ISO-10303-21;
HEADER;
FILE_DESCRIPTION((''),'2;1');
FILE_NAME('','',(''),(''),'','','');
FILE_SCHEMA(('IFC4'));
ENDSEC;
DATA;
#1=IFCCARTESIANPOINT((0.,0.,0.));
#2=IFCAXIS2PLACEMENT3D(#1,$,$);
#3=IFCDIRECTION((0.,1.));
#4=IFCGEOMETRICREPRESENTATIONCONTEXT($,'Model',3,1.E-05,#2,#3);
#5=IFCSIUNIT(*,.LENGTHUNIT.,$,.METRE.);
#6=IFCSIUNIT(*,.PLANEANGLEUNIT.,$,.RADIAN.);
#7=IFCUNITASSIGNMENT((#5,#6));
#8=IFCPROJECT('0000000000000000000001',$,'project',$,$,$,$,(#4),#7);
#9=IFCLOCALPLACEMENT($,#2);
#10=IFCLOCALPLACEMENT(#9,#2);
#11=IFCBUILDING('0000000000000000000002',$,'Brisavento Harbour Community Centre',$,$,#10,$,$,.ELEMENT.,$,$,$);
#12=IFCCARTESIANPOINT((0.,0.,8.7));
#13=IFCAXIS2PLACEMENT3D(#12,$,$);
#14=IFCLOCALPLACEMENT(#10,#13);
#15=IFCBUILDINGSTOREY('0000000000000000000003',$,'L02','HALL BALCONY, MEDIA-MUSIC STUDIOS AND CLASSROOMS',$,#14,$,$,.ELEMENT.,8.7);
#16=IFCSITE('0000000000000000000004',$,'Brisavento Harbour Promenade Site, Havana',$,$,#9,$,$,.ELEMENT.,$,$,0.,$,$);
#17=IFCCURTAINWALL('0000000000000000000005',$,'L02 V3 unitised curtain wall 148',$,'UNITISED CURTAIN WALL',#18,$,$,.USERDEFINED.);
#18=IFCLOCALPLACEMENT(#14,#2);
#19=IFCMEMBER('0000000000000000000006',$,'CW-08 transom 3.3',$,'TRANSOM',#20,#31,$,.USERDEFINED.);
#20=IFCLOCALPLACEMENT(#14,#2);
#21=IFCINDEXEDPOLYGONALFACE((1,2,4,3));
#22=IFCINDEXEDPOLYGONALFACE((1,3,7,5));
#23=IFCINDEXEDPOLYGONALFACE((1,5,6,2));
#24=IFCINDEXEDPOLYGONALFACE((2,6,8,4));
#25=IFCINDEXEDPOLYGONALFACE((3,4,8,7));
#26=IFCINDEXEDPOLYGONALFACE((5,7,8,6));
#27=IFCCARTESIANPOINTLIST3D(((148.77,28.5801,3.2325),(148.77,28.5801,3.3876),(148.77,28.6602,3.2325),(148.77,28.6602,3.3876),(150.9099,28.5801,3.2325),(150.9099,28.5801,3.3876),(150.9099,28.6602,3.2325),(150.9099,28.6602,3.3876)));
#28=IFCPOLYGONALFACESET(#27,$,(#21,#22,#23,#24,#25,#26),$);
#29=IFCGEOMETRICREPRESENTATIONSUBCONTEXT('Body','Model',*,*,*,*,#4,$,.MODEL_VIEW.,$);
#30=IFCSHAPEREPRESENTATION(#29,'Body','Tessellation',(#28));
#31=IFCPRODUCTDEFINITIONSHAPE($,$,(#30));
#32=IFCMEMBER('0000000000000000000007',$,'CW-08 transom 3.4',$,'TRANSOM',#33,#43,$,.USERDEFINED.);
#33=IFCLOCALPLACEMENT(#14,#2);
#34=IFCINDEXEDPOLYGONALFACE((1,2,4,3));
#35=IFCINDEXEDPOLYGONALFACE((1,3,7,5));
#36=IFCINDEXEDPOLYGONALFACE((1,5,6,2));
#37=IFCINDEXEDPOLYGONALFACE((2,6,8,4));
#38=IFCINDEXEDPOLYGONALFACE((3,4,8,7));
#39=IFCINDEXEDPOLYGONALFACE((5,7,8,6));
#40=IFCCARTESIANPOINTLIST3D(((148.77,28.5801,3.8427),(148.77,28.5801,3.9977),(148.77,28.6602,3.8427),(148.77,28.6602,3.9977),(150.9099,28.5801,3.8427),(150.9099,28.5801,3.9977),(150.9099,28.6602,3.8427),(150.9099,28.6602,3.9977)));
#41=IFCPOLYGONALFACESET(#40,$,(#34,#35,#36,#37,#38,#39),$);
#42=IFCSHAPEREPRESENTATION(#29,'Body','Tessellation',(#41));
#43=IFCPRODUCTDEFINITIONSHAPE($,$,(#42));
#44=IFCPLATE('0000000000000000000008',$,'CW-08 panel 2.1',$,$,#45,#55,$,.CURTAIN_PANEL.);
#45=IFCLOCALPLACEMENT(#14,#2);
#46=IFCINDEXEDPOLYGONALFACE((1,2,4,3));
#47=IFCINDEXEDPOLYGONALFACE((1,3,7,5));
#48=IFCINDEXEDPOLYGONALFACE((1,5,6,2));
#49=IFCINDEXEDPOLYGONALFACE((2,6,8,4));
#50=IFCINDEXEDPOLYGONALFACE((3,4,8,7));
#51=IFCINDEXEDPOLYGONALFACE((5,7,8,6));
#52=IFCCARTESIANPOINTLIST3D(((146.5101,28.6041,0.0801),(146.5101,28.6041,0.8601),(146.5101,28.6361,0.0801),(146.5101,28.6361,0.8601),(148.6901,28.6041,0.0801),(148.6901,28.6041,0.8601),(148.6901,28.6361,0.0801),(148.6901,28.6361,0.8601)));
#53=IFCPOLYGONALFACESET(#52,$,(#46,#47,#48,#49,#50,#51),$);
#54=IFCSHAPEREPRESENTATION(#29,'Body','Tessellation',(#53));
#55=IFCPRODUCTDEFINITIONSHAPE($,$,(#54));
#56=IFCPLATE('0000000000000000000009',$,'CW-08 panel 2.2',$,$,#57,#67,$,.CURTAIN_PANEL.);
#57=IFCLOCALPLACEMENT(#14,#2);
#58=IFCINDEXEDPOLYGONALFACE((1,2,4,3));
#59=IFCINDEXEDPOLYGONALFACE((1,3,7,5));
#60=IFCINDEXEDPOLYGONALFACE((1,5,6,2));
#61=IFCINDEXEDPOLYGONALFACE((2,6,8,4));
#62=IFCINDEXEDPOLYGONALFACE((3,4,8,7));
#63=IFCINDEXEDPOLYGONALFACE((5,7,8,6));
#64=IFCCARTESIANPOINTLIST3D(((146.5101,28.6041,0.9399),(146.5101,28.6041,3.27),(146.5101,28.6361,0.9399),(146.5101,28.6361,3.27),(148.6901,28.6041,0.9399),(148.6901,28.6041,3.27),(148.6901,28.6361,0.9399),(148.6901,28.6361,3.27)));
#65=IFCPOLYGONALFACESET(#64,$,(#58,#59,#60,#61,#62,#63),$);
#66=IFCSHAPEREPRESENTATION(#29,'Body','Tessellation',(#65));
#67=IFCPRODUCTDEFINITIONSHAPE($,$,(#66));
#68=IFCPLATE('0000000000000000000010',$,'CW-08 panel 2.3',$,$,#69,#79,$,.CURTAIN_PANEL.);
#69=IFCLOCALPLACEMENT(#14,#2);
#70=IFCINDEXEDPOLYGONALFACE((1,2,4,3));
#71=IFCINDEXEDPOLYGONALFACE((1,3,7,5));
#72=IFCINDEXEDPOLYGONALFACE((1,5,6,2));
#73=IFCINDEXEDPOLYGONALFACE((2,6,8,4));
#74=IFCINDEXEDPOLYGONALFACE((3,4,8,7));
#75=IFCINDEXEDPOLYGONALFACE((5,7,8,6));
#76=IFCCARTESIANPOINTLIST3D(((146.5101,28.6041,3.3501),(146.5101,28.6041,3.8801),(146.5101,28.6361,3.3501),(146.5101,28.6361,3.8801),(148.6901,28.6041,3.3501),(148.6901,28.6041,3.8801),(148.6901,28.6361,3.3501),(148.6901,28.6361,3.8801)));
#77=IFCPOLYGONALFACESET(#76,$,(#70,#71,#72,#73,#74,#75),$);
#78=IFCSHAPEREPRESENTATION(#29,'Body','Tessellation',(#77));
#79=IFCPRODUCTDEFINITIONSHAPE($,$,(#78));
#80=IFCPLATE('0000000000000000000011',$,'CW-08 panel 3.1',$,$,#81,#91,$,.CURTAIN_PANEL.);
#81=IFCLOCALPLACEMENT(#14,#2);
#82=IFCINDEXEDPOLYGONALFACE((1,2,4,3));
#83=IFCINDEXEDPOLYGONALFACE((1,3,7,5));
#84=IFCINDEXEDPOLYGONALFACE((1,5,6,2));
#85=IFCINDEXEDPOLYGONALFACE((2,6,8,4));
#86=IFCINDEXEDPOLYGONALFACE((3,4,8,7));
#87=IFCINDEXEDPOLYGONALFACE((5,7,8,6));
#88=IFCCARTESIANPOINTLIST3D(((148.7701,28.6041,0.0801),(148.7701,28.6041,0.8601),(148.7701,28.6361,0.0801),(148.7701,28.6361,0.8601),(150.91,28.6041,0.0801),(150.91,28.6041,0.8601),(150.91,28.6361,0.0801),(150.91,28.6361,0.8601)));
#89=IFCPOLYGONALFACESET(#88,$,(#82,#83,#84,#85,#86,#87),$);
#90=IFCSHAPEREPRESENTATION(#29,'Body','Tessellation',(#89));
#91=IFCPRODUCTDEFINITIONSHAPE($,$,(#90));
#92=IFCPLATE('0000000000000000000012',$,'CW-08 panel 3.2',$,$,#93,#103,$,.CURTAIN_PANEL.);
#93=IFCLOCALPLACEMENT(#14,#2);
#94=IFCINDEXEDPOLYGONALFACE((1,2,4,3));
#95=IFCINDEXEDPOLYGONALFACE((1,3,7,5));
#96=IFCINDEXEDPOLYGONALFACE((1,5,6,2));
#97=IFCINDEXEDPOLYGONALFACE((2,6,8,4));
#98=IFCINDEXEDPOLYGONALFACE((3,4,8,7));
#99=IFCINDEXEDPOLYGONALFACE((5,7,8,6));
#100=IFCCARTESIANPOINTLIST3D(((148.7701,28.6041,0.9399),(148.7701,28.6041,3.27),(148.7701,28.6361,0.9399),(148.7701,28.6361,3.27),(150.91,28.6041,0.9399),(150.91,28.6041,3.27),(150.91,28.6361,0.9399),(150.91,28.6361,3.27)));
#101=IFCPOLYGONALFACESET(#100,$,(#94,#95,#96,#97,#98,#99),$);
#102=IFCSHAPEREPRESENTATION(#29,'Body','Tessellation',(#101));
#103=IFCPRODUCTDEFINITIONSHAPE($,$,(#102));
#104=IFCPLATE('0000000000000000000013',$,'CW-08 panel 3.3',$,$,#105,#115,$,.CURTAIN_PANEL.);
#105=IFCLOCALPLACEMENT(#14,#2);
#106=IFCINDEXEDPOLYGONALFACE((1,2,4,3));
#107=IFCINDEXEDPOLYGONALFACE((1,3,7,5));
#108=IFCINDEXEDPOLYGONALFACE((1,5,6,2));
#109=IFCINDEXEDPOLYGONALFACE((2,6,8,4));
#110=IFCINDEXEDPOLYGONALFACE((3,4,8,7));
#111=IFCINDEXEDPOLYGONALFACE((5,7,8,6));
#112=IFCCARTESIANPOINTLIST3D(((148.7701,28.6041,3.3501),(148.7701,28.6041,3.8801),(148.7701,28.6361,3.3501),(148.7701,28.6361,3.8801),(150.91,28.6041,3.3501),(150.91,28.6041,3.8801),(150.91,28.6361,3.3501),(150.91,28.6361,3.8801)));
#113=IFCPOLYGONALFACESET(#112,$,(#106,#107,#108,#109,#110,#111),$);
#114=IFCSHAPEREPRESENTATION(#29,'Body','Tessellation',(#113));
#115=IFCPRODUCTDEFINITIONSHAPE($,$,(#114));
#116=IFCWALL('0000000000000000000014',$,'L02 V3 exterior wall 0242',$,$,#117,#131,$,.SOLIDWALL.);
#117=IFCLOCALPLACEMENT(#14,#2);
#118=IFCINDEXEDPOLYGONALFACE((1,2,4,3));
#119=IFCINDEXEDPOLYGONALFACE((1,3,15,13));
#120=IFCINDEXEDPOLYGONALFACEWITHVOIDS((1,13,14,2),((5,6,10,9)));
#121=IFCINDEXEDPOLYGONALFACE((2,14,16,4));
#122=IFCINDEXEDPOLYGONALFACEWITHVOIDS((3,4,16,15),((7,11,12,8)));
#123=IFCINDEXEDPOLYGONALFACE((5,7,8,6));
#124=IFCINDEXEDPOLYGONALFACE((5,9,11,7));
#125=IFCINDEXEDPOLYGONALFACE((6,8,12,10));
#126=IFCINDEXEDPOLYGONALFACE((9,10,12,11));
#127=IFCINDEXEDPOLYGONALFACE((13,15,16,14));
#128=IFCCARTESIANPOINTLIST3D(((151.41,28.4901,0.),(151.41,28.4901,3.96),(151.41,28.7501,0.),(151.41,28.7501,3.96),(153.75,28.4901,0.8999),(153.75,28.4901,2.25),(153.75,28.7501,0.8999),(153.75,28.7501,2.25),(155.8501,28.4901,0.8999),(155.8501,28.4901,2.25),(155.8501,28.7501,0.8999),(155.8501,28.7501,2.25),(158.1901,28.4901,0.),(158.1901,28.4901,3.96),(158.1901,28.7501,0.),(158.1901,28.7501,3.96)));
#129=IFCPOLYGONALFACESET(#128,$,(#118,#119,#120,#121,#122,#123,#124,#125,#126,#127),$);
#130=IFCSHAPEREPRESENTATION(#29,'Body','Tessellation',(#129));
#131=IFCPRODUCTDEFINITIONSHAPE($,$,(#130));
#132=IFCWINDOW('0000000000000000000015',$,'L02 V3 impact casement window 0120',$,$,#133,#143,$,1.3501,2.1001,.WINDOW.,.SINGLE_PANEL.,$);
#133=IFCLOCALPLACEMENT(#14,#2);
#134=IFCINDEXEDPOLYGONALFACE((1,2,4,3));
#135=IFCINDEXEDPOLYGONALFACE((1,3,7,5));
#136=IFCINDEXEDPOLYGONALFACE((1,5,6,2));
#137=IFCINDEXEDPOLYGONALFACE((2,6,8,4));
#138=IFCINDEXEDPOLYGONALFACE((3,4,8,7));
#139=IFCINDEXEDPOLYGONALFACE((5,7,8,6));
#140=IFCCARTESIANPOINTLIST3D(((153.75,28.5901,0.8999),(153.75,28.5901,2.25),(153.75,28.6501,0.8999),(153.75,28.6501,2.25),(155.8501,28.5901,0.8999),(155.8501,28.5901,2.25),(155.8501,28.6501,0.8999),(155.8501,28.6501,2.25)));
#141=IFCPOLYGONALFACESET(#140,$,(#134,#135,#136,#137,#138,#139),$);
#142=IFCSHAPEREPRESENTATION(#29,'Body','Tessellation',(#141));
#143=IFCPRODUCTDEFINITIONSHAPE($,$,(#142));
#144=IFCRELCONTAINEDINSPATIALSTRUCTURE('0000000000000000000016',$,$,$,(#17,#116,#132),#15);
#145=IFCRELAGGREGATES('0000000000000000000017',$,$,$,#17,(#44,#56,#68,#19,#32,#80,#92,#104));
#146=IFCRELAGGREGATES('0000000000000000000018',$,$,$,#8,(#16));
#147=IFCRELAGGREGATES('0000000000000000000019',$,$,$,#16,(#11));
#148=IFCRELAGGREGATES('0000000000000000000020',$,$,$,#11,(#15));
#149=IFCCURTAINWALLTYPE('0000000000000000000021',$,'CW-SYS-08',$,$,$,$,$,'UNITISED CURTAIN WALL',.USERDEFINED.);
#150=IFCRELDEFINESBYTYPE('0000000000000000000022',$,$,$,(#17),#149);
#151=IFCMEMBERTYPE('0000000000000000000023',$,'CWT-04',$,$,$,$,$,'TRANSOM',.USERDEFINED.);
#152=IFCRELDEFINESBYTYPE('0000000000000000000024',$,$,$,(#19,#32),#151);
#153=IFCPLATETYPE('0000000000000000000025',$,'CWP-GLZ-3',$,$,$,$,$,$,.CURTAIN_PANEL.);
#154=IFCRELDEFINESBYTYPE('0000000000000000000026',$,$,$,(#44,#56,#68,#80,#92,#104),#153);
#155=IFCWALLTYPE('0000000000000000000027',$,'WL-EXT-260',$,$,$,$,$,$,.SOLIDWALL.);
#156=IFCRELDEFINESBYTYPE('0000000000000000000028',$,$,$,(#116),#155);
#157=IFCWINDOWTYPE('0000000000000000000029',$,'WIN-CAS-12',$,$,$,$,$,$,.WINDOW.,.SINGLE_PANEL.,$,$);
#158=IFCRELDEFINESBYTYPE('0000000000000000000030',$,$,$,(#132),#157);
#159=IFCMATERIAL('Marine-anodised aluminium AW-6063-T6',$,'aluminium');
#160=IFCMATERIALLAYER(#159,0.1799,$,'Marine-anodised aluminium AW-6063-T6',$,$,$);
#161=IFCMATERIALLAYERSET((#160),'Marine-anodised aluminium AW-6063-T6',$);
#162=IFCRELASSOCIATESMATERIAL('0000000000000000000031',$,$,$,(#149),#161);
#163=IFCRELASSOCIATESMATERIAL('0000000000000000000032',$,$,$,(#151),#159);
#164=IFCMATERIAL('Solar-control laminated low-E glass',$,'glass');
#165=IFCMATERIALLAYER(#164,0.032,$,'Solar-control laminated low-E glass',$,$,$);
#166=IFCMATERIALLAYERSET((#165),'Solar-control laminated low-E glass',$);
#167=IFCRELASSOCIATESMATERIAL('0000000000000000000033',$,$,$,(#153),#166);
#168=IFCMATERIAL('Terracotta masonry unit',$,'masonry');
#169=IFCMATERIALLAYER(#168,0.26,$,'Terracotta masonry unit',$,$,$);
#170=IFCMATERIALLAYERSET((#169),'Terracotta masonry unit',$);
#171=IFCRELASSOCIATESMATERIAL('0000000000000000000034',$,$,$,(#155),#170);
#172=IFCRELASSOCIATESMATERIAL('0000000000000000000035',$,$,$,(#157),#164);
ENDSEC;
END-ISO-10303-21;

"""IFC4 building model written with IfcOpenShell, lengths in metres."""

from ifc_helpers import new_model, si_unit, direction, frame, frame_2d, origin, origin_2d, place, context, subcontext, project, spatial, rectangle, extrude, material, layer, layer_set, material_profile, profile_set, type_object, element, fill, aggregate, save


model = new_model("IFC4")

# Units and contexts
model_context = context("Model", 3, precision=1e-05, world=origin(), true_north=direction((0.0, 1.0)))
body_context = subcontext(model_context, "Body", "Model", "MODEL_VIEW")
ifc_project = project(units=[si_unit("LENGTHUNIT", "METRE"), si_unit("PLANEANGLEUNIT", "RADIAN")], contexts=[model_context])

# Site, building, storey
site_placement = place(None, origin())
site = spatial("IfcSite", under=ifc_project, at=site_placement, Name="Brisavento Harbour Promenade Site, Havana", CompositionType="ELEMENT", RefElevation=0.0)
building_placement = place(site_placement, origin())
building = spatial("IfcBuilding", under=site, at=building_placement, Name="Brisavento Harbour Community Centre", CompositionType="ELEMENT")
storey_placement = place(building_placement, frame((0.0, 0.0, 8.7)))
storey = spatial("IfcBuildingStorey", under=building, at=storey_placement, Name="L02", Description="HALL BALCONY, MEDIA-MUSIC STUDIOS AND CLASSROOMS", CompositionType="ELEMENT", Elevation=8.7)

# Shared definitions
ifc_material_1 = material(Name="Marine-anodised aluminium AW-6063-T6", Category="aluminium")

# Curtain wall
ifc_layer_1 = layer(ifc_material_1, 0.1799, Name="Marine-anodised aluminium AW-6063-T6")
ifc_layer_set_1 = layer_set([ifc_layer_1], Name="Marine-anodised aluminium AW-6063-T6")
curtain_wall_type_1 = type_object("IfcCurtainWallType", Name="CW-SYS-08", ElementType="UNITISED CURTAIN WALL", PredefinedType="USERDEFINED", material=ifc_layer_set_1)
curtain_wall_1_placement = place(storey_placement, origin())
curtain_wall_1 = element("IfcCurtainWall", 1, at=curtain_wall_1_placement, inside=storey, type_object=curtain_wall_type_1, Name="L02 V3 unitised curtain wall 148", ObjectType="UNITISED CURTAIN WALL", PredefinedType="USERDEFINED")

# Members
ifc_material_profile_1 = material_profile(ifc_material_1, rectangle(XDim=0.0801, YDim=0.155, at=origin_2d()), Name="Marine-anodised aluminium AW-6063-T6")
ifc_profile_set_1 = profile_set([ifc_material_profile_1], Name="Marine-anodised aluminium AW-6063-T6")
member_type_1 = type_object("IfcMemberType", Name="CWT-04", ElementType="TRANSOM", PredefinedType="USERDEFINED", material=ifc_profile_set_1)
member_1_placement = place(storey_placement, frame((148.77, 28.6201, 3.3101), z_axis=(1.0, 0.0, 0.0), x_axis=(0.0, 1.0, 0.0)))
member_1 = element("IfcMember", 2, at=member_1_placement, type_object=member_type_1, Name="CW-08 transom 3.3", ObjectType="TRANSOM", PredefinedType="USERDEFINED", context=body_context, shape_type="SweptSolid", body=[
    extrude(rectangle(XDim=0.0801, YDim=0.155, at=origin_2d()), origin(), (0.0, 0.0, 1.0), 2.1399),
])
member_2_placement = place(storey_placement, frame((148.77, 28.6201, 3.9202), z_axis=(1.0, 0.0, 0.0), x_axis=(0.0, 1.0, 0.0)))
member_2 = element("IfcMember", 3, at=member_2_placement, type_object=member_type_1, Name="CW-08 transom 3.4", ObjectType="TRANSOM", PredefinedType="USERDEFINED", context=body_context, shape_type="SweptSolid", body=[
    extrude(rectangle(XDim=0.0801, YDim=0.155, at=origin_2d()), origin(), (0.0, 0.0, 1.0), 2.1399),
])

# Plates
ifc_material_2 = material(Name="Solar-control laminated low-E glass", Category="glass")
ifc_layer_2 = layer(ifc_material_2, 0.032, Name="Solar-control laminated low-E glass")
ifc_layer_set_2 = layer_set([ifc_layer_2], Name="Solar-control laminated low-E glass")
plate_type = type_object("IfcPlateType", Name="CWP-GLZ-3", PredefinedType="CURTAIN_PANEL", material=ifc_layer_set_2)
plate_1_placement = place(storey_placement, frame((147.6001, 28.6201, 0.0801), z_axis=(0.0, 0.0, 1.0), x_axis=(1.0, 0.0, 0.0)))
plate_1 = element("IfcPlate", 4, at=plate_1_placement, type_object=plate_type, Name="CW-08 panel 2.1", PredefinedType="CURTAIN_PANEL", context=body_context, shape_type="SweptSolid", body=[
    extrude(rectangle(XDim=2.1799, YDim=0.032, at=origin_2d()), origin(), (0.0, 0.0, 1.0), 0.78),
])
plate_2_placement = place(storey_placement, frame((147.6001, 28.6201, 0.9399), z_axis=(0.0, 0.0, 1.0), x_axis=(1.0, 0.0, 0.0)))
plate_2 = element("IfcPlate", 5, at=plate_2_placement, type_object=plate_type, Name="CW-08 panel 2.2", PredefinedType="CURTAIN_PANEL", context=body_context, shape_type="SweptSolid", body=[
    extrude(rectangle(XDim=2.1799, YDim=0.032, at=origin_2d()), origin(), (0.0, 0.0, 1.0), 2.3301),
])
plate_3_placement = place(storey_placement, frame((147.6001, 28.6201, 3.3501), z_axis=(0.0, 0.0, 1.0), x_axis=(1.0, 0.0, 0.0)))
plate_3 = element("IfcPlate", 6, at=plate_3_placement, type_object=plate_type, Name="CW-08 panel 2.3", PredefinedType="CURTAIN_PANEL", context=body_context, shape_type="SweptSolid", body=[
    extrude(rectangle(XDim=2.1799, YDim=0.032, at=origin_2d()), origin(), (0.0, 0.0, 1.0), 0.53),
])
plate_4_placement = place(storey_placement, frame((149.8401, 28.6201, 0.0801), z_axis=(0.0, 0.0, 1.0), x_axis=(1.0, 0.0, 0.0)))
plate_4 = element("IfcPlate", 7, at=plate_4_placement, type_object=plate_type, Name="CW-08 panel 3.1", PredefinedType="CURTAIN_PANEL", context=body_context, shape_type="SweptSolid", body=[
    extrude(rectangle(XDim=2.1399, YDim=0.032, at=origin_2d()), origin(), (0.0, 0.0, 1.0), 0.78),
])
plate_5_placement = place(storey_placement, frame((149.8401, 28.6201, 0.9399), z_axis=(0.0, 0.0, 1.0), x_axis=(1.0, 0.0, 0.0)))
plate_5 = element("IfcPlate", 8, at=plate_5_placement, type_object=plate_type, Name="CW-08 panel 3.2", PredefinedType="CURTAIN_PANEL", context=body_context, shape_type="SweptSolid", body=[
    extrude(rectangle(XDim=2.1399, YDim=0.032, at=origin_2d()), origin(), (0.0, 0.0, 1.0), 2.3301),
])
plate_6_placement = place(storey_placement, frame((149.8401, 28.6201, 3.3501), z_axis=(0.0, 0.0, 1.0), x_axis=(1.0, 0.0, 0.0)))
plate_6 = element("IfcPlate", 9, at=plate_6_placement, type_object=plate_type, Name="CW-08 panel 3.3", PredefinedType="CURTAIN_PANEL", context=body_context, shape_type="SweptSolid", body=[
    extrude(rectangle(XDim=2.1399, YDim=0.032, at=origin_2d()), origin(), (0.0, 0.0, 1.0), 0.53),
])
aggregate(curtain_wall_1, [plate_1, plate_2, plate_3, member_1, member_2, plate_4, plate_5, plate_6])

# Wall, opening, window
ifc_material_3 = material(Name="Terracotta masonry unit", Category="masonry")
ifc_layer_3 = layer(ifc_material_3, 0.26, Name="Terracotta masonry unit")
ifc_layer_set_3 = layer_set([ifc_layer_3], Name="Terracotta masonry unit")
wall_type = type_object("IfcWallType", Name="WL-EXT-260", PredefinedType="SOLIDWALL", material=ifc_layer_set_3)
wall_placement = place(storey_placement, frame((151.4099, 28.6201, 0.0), z_axis=(0.0, 0.0, 1.0), x_axis=(1.0, 0.0, 0.0)))
wall = element("IfcWall", 10, at=wall_placement, inside=storey, type_object=wall_type, Name="L02 V3 exterior wall 0242", PredefinedType="SOLIDWALL", context=body_context, shape_type="SweptSolid", body=[
    extrude(rectangle(XDim=6.78, YDim=0.26, at=frame_2d((3.3901, 0.0))), origin(), (0.0, 0.0, 1.0), 3.96),
])
opening_placement = place(wall_placement, frame((2.3401, 0.0, 0.8999)))
opening = element("IfcOpeningElement", 11, at=opening_placement, cuts=wall, PredefinedType="OPENING", context=body_context, shape_type="SweptSolid", body=[
    extrude(rectangle(XDim=2.1001, YDim=1.3501, at=frame_2d((1.05, 0.675))), frame((0.0, 0.1401, 0.0), z_axis=(0.0, -1.0, 0.0), x_axis=(1.0, 0.0, 0.0)), (0.0, 0.0, 1.0), 0.28),
])
window_type = type_object("IfcWindowType", Name="WIN-CAS-12", PartitioningType="SINGLE_PANEL", PredefinedType="WINDOW", material=ifc_material_2)
window_placement = place(opening_placement, origin())
window = element("IfcWindow", 12, at=window_placement, inside=storey, type_object=window_type, Name="L02 V3 impact casement window 0120", OverallHeight=1.3501, OverallWidth=2.1001, PartitioningType="SINGLE_PANEL", PredefinedType="WINDOW", context=body_context, shape_type="SweptSolid", body=[
    extrude(rectangle(XDim=2.1001, YDim=1.3501, at=frame_2d((1.05, 0.675))), frame((0.0, 0.03, 0.0), z_axis=(0.0, -1.0, 0.0), x_axis=(1.0, 0.0, 0.0)), (0.0, 0.0, 1.0), 0.0601),
])
fill(opening, window)

save(model, "model.ifc")
